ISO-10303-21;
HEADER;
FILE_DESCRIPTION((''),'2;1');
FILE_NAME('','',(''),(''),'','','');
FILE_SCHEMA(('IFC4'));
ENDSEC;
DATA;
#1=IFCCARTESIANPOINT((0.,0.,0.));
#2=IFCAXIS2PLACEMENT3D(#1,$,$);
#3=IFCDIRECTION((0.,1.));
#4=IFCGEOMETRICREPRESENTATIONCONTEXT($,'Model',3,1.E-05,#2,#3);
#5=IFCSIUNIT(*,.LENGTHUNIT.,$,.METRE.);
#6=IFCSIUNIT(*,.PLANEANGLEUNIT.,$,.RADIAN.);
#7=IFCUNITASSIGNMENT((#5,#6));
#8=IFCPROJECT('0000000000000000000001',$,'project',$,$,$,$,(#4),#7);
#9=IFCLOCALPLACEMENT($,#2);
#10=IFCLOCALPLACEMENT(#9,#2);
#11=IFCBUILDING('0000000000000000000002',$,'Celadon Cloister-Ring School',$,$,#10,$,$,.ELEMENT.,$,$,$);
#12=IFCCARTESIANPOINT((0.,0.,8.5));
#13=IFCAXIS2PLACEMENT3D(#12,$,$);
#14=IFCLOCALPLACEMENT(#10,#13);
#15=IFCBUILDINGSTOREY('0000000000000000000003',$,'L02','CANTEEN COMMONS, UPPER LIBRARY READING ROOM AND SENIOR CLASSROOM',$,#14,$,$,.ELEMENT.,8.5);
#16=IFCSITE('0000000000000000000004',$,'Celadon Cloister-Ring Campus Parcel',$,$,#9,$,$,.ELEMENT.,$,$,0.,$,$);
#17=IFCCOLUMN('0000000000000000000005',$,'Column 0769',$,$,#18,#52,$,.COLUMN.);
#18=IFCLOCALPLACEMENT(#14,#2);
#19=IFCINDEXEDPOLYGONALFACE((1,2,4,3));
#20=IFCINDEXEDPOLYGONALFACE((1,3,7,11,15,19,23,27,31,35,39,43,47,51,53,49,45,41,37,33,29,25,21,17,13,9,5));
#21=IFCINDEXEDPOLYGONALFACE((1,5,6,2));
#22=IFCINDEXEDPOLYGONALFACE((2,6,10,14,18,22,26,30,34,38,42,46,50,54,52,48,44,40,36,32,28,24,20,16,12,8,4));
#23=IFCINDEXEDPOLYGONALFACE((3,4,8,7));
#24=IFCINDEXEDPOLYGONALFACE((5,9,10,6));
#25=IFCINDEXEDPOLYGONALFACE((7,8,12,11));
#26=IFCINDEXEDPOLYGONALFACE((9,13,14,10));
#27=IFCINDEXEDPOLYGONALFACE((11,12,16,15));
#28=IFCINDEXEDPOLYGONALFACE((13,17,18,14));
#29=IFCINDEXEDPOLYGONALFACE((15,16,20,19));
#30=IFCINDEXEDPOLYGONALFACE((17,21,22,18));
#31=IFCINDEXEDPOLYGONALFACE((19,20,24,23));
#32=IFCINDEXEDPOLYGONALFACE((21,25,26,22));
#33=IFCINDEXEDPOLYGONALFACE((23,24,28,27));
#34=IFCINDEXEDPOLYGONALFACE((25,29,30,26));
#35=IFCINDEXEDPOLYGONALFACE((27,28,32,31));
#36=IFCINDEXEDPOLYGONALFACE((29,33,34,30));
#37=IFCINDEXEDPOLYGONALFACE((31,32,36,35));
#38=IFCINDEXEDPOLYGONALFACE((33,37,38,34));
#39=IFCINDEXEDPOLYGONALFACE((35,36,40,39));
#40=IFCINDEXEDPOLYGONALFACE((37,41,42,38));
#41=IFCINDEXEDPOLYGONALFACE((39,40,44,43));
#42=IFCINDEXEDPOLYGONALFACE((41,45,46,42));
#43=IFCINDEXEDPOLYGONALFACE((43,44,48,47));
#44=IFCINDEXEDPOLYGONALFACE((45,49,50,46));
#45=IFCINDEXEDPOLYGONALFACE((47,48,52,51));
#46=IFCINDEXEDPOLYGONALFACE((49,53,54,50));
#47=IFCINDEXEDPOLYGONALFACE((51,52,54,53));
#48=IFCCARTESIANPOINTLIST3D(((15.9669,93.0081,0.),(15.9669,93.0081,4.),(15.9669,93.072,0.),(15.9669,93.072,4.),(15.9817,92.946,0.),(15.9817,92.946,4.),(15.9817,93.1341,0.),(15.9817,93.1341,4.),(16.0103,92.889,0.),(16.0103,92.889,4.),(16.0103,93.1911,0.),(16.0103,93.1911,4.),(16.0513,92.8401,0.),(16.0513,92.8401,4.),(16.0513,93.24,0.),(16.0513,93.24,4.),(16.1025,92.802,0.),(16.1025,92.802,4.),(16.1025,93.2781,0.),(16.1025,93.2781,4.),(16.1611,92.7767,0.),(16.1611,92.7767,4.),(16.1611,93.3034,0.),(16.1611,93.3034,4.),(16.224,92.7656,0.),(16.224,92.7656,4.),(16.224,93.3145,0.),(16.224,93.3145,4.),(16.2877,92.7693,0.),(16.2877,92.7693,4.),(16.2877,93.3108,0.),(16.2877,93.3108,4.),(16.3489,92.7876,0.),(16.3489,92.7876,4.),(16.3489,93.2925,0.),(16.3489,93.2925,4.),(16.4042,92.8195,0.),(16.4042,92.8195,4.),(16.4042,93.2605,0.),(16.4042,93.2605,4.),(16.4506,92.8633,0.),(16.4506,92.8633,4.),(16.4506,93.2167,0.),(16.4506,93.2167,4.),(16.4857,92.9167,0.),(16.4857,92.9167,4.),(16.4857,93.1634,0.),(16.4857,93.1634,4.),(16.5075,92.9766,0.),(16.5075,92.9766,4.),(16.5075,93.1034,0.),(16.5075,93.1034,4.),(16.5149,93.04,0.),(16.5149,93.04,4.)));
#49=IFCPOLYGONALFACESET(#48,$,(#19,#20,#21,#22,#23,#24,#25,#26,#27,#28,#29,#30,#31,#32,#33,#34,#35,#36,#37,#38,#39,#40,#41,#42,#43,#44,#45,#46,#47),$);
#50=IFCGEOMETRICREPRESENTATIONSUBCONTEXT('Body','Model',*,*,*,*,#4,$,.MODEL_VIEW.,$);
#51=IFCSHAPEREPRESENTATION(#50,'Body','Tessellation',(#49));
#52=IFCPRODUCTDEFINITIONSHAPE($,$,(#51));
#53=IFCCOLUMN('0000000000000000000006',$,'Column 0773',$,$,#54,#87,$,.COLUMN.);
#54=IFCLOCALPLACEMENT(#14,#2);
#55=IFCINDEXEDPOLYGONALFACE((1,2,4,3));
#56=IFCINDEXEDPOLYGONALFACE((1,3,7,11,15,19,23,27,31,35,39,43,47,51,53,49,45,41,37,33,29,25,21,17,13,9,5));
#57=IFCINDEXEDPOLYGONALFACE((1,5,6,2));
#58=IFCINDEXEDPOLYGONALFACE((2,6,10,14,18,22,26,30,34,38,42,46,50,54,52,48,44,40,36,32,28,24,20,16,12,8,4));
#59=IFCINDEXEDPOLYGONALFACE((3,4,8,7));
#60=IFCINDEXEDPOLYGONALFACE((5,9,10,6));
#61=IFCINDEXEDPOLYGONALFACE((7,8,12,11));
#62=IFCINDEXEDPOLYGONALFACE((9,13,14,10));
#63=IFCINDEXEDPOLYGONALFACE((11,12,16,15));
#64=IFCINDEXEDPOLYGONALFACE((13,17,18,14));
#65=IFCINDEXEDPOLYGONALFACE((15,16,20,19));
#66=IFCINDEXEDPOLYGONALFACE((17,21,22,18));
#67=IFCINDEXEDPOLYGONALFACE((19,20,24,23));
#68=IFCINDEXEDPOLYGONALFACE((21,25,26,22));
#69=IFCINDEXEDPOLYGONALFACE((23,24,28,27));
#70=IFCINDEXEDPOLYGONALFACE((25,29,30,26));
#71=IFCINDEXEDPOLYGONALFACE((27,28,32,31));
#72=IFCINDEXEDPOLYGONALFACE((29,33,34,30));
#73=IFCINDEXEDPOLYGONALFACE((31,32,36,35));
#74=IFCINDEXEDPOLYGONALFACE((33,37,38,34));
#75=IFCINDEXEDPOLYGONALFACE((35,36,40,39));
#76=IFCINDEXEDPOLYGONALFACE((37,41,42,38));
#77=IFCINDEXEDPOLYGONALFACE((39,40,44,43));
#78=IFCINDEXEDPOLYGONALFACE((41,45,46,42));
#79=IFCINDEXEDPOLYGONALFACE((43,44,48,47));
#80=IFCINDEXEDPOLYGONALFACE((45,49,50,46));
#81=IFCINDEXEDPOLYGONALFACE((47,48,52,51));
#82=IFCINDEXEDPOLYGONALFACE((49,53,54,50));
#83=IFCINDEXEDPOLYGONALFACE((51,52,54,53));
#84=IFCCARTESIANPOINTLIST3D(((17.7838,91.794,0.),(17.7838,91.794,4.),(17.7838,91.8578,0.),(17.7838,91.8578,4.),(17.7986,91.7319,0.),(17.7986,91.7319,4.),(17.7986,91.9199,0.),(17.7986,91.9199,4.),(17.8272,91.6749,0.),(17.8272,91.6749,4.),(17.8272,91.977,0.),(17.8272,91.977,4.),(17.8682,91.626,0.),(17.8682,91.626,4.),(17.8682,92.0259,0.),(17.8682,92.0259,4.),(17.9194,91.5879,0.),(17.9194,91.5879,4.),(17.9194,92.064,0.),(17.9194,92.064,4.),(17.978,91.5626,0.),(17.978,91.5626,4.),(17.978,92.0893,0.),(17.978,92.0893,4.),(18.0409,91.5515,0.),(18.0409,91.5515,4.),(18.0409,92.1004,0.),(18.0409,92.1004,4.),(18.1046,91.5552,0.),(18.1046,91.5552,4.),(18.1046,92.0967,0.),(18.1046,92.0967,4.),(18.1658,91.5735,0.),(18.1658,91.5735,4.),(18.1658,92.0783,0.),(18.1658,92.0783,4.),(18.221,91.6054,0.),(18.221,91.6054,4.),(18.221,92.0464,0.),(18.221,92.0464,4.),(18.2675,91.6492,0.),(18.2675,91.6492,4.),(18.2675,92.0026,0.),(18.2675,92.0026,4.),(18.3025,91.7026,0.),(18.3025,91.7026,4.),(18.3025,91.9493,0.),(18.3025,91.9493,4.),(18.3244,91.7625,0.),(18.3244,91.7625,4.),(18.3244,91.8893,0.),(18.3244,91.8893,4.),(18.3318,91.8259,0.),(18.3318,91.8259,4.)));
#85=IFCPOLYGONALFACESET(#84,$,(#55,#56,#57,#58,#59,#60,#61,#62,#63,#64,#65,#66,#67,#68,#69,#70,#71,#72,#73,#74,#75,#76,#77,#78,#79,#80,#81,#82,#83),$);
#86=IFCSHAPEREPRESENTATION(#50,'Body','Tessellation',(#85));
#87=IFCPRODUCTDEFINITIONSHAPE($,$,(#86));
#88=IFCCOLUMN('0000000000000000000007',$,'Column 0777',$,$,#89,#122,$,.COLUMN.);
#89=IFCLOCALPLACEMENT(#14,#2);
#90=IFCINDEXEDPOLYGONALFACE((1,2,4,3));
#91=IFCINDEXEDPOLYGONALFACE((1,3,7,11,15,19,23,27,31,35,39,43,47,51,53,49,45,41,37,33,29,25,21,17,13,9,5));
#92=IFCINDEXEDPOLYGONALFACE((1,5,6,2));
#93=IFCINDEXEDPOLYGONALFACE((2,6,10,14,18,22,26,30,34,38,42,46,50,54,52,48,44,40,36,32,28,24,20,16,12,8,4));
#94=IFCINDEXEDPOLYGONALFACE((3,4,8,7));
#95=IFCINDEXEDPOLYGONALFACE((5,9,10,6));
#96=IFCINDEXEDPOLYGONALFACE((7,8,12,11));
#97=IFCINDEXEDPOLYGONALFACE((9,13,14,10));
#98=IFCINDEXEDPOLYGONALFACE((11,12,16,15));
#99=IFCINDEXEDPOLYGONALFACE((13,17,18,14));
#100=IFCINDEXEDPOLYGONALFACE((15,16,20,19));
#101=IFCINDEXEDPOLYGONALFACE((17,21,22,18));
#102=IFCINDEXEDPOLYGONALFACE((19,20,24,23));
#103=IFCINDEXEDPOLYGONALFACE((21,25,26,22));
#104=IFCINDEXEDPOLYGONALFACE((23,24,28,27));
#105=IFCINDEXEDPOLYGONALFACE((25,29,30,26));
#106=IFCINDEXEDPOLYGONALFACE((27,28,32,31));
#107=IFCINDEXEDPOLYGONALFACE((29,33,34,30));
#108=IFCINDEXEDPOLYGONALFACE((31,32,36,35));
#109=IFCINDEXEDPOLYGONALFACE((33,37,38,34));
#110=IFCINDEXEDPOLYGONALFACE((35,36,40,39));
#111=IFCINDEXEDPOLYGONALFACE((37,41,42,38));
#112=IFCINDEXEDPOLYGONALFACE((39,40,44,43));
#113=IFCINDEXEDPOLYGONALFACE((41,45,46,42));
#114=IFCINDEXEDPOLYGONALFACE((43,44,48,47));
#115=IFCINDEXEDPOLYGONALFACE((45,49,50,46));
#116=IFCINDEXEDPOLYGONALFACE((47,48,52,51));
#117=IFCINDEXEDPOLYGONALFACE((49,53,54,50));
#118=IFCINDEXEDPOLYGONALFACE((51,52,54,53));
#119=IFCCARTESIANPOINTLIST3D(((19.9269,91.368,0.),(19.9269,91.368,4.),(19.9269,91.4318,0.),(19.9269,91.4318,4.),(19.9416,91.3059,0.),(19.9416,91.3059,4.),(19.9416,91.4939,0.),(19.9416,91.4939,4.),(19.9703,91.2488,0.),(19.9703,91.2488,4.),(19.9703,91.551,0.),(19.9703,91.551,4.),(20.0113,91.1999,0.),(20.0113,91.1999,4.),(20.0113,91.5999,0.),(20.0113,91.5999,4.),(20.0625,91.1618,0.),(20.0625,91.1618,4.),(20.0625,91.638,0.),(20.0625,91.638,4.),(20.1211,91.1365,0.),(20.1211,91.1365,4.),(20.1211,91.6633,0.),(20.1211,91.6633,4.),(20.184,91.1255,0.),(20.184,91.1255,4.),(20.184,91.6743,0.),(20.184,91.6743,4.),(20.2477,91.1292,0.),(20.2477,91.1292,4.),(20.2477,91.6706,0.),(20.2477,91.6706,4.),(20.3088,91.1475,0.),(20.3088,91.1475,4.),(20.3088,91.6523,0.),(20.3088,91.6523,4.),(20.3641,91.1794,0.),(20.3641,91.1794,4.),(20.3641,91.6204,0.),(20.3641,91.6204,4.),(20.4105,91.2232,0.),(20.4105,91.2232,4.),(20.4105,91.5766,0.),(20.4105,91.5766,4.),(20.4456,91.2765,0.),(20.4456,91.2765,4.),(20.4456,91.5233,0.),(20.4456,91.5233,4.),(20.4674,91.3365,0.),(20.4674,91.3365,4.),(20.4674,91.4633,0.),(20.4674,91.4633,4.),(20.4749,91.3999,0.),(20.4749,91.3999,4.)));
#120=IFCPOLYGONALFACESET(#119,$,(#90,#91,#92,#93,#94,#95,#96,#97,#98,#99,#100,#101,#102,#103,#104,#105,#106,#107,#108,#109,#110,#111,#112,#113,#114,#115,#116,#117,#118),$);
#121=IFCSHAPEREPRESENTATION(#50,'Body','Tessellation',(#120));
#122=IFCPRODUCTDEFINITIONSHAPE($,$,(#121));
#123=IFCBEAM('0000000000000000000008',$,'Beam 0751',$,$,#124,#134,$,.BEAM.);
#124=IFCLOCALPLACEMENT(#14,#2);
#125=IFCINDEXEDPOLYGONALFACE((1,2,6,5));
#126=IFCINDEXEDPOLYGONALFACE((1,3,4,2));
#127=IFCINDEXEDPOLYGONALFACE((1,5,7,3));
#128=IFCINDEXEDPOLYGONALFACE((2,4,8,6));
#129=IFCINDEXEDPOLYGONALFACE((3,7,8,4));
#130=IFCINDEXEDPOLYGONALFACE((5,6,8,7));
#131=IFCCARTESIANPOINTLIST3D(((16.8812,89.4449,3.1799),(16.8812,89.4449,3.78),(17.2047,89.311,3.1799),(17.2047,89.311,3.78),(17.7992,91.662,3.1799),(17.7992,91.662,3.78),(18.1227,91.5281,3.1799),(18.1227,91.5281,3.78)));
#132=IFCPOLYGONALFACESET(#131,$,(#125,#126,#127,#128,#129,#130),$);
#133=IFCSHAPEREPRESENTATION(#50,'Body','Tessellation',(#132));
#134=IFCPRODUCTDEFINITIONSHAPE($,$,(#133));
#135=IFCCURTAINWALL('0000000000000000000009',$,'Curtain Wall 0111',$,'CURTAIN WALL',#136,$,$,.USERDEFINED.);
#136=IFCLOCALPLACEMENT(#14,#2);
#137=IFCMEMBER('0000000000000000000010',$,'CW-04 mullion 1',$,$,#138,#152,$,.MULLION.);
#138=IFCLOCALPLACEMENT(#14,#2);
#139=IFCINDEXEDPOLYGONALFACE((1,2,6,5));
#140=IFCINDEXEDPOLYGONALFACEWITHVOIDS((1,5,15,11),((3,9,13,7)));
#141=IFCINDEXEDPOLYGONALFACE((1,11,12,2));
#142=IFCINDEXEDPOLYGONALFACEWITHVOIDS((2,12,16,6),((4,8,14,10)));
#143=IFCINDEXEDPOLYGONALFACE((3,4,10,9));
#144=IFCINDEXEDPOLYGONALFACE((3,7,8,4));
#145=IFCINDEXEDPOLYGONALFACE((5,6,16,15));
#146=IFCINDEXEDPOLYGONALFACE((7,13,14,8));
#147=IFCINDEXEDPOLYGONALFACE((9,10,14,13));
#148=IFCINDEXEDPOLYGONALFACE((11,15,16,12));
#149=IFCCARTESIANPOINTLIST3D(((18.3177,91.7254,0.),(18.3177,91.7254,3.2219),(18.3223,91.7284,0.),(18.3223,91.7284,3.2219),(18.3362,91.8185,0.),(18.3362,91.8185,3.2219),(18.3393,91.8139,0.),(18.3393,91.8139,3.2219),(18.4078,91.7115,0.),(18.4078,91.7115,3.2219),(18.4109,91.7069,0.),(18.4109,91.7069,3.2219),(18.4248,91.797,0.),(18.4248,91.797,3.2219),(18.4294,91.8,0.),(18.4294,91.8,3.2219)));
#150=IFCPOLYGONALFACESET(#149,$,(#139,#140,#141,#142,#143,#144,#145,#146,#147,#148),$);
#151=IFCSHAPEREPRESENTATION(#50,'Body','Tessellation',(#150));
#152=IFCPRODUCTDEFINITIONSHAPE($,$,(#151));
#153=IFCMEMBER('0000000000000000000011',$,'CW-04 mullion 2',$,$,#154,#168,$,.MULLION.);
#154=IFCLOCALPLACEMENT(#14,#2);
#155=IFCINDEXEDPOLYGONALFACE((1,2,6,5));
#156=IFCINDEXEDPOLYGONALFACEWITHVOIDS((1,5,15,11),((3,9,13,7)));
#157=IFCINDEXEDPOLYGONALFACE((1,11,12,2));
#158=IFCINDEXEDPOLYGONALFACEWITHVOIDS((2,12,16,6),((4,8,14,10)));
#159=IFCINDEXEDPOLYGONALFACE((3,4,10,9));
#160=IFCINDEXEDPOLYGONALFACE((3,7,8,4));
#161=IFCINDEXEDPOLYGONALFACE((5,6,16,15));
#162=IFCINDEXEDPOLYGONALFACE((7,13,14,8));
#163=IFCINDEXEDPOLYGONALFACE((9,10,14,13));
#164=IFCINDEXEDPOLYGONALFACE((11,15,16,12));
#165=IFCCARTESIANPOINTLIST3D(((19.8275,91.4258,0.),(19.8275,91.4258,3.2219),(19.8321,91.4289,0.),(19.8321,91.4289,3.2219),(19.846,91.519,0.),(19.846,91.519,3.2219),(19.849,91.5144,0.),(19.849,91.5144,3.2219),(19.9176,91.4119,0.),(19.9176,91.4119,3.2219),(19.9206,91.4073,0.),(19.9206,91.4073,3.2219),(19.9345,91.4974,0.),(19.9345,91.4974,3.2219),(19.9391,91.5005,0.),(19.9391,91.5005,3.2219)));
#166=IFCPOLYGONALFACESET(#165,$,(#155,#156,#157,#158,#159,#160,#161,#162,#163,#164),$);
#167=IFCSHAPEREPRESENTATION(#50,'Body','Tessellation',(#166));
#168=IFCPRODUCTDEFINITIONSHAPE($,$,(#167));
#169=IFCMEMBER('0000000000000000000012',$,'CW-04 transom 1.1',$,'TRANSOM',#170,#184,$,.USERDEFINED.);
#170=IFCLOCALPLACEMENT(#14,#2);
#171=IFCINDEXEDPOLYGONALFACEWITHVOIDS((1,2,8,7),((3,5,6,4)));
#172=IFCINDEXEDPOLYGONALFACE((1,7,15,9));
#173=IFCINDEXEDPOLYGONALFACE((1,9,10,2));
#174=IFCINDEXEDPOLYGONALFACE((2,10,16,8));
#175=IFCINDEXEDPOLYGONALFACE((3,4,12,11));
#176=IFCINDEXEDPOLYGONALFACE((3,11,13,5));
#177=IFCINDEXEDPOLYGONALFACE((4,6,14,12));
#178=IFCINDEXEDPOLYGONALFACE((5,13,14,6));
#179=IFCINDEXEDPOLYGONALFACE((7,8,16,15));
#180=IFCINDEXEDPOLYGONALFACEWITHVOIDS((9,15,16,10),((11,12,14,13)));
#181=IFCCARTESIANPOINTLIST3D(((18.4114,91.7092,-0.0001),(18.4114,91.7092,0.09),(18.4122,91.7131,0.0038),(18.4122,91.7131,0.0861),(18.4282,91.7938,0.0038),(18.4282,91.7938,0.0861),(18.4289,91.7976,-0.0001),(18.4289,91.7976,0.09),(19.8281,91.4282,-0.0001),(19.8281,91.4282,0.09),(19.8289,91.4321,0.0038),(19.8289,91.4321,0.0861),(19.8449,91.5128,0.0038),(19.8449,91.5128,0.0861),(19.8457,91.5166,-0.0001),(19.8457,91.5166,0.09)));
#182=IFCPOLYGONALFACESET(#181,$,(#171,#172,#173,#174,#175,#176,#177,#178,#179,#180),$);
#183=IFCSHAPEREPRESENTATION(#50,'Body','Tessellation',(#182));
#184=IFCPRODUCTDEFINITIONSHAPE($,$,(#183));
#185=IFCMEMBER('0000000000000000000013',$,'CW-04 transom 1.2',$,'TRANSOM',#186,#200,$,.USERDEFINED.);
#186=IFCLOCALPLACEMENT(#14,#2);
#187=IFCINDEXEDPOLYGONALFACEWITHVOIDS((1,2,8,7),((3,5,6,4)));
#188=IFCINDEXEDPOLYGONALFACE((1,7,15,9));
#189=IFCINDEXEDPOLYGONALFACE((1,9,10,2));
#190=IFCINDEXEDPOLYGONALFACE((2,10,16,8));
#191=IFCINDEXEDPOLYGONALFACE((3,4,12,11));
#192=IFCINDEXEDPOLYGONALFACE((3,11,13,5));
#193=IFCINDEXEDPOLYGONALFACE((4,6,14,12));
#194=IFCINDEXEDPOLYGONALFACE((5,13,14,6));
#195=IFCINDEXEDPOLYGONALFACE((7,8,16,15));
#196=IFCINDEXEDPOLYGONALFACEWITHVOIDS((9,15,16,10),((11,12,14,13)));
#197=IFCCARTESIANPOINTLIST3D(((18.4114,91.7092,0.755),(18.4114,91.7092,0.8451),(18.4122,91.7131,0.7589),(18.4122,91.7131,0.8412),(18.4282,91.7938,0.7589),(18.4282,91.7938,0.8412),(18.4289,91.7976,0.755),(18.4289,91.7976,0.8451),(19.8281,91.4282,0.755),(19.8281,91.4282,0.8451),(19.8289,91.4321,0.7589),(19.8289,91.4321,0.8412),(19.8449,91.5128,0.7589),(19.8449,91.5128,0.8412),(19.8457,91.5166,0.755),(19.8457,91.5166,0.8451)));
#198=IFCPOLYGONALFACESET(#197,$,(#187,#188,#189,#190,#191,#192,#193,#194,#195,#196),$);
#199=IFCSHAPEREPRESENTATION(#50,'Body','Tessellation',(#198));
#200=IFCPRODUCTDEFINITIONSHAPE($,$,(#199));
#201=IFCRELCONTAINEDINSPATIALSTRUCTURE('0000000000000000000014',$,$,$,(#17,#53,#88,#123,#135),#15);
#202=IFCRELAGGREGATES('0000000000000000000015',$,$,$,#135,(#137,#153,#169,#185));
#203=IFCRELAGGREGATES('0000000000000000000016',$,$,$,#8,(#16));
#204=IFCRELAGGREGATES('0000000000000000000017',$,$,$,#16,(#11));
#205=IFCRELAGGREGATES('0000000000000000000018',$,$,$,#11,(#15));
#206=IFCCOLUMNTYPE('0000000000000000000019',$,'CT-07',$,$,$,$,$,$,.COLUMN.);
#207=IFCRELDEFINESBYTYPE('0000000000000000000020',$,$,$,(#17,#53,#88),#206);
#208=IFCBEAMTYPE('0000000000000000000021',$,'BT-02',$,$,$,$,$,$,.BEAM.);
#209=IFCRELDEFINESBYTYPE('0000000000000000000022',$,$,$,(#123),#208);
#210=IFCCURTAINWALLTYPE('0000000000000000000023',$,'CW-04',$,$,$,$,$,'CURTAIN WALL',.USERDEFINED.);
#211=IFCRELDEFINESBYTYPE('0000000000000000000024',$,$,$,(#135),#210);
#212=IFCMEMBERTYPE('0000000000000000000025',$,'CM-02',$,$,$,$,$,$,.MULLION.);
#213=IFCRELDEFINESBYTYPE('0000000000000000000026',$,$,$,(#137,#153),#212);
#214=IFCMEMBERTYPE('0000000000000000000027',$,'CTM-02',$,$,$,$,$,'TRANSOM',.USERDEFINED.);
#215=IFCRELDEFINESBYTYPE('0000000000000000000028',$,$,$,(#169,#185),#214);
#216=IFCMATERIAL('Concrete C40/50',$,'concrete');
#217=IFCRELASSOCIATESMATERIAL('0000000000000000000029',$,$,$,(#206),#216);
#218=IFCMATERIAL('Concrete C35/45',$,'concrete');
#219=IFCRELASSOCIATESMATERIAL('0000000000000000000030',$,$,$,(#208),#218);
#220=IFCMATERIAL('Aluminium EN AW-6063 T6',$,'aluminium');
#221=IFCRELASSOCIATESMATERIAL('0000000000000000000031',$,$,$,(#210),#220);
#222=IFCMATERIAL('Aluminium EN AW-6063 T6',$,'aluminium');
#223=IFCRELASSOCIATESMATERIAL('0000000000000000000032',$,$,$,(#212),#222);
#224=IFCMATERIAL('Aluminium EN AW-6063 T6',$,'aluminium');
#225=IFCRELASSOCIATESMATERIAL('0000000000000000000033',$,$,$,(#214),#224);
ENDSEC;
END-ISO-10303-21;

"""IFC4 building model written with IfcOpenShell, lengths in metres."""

from ifc_helpers import new_model, si_unit, direction, frame, origin, origin_2d, place, context, subcontext, project, spatial, rectangle, hollow_rectangle, circle, extrude, material, material_profile, profile_set, type_object, element, aggregate, save


model = new_model("IFC4")

# Units and contexts
model_context = context("Model", 3, precision=1e-05, world=origin(), true_north=direction((0.0, 1.0)))
body_context = subcontext(model_context, "Body", "Model", "MODEL_VIEW")
ifc_project = project(units=[si_unit("LENGTHUNIT", "METRE"), si_unit("PLANEANGLEUNIT", "RADIAN")], contexts=[model_context])

# Site, building, storey
site_placement = place(None, origin())
site = spatial("IfcSite", under=ifc_project, at=site_placement, Name="Celadon Cloister-Ring Campus Parcel", CompositionType="ELEMENT", RefElevation=0.0)
building_placement = place(site_placement, origin())
building = spatial("IfcBuilding", under=site, at=building_placement, Name="Celadon Cloister-Ring School", CompositionType="ELEMENT")
storey_placement = place(building_placement, frame((0.0, 0.0, 8.5)))
storey = spatial("IfcBuildingStorey", under=building, at=storey_placement, Name="L02", Description="CANTEEN COMMONS, UPPER LIBRARY READING ROOM AND SENIOR CLASSROOM", CompositionType="ELEMENT", Elevation=8.5)

# Columns
ifc_material_1 = material(Name="Concrete C40/50", Category="concrete")
ifc_material_profile_1 = material_profile(ifc_material_1, circle(Radius=0.2749, at=origin_2d()), Name="CIRC550")
ifc_profile_set_1 = profile_set([ifc_material_profile_1], Name="Concrete C40/50")
column_type = type_object("IfcColumnType", Name="CT-07", PredefinedType="COLUMN", material=ifc_profile_set_1)
for number, where, z_axis, x_axis, name in (
    (1, (16.24, 93.04, 0.0), (0.0, 0.0, 1.0), (1.0, 0.0, 0.0), "Column 0769"),
    (2, (18.0569, 91.8259, 0.0), (0.0, 0.0, 1.0), (1.0, 0.0, 0.0), "Column 0773"),
    (3, (20.2, 91.3999, 0.0), (0.0, 0.0, 1.0), (1.0, 0.0, 0.0), "Column 0777"),
):
    element("IfcColumn", number, at=place(storey_placement, frame(where, z_axis=z_axis, x_axis=x_axis)), inside=storey, type_object=column_type, Name=name, PredefinedType="COLUMN", context=body_context, shape_type="SweptSolid", body=[
        extrude(circle(Radius=0.2749, at=origin_2d()), origin(), (0.0, 0.0, 1.0), 4.0),
    ])

# Beam
ifc_material_2 = material(Name="Concrete C35/45", Category="concrete")
ifc_material_profile_2 = material_profile(ifc_material_2, rectangle(XDim=0.3501, YDim=0.6001, at=origin_2d()), Name="RC350X600")
ifc_profile_set_2 = profile_set([ifc_material_profile_2], Name="Concrete C35/45")
beam_type_1 = type_object("IfcBeamType", Name="BT-02", PredefinedType="BEAM", material=ifc_profile_set_2)
beam_1_placement = place(storey_placement, frame((17.043, 89.3779, 3.48), z_axis=(0.382555, 0.923933, 0.0), x_axis=(-0.923933, 0.382555, 0.0)))
element("IfcBeam", 4, at=beam_1_placement, inside=storey, type_object=beam_type_1, Name="Beam 0751", PredefinedType="BEAM", context=body_context, shape_type="SweptSolid", body=[
    extrude(rectangle(XDim=0.3501, YDim=0.6001, at=origin_2d()), origin(), (0.0, 0.0, 1.0), 2.3997),
])

# Curtain wall, members
ifc_material_3 = material(Name="Aluminium EN AW-6063 T6", Category="aluminium")
curtain_wall_type = type_object("IfcCurtainWallType", Name="CW-04", ElementType="CURTAIN WALL", PredefinedType="USERDEFINED", material=ifc_material_3)
curtain_wall_placement = place(storey_placement, origin())
curtain_wall = element("IfcCurtainWall", 5, at=curtain_wall_placement, inside=storey, type_object=curtain_wall_type, Name="Curtain Wall 0111", ObjectType="CURTAIN WALL", PredefinedType="USERDEFINED")
ifc_material_4 = material(Name="Aluminium EN AW-6063 T6", Category="aluminium")
ifc_material_profile_3 = material_profile(ifc_material_4, hollow_rectangle(XDim=0.095, YDim=0.095, WallThickness=0.0039, at=origin_2d()), Name="RHS95X95X4")
ifc_profile_set_3 = profile_set([ifc_material_profile_3], Name="Aluminium EN AW-6063 T6")
member_type_1 = type_object("IfcMemberType", Name="CM-02", PredefinedType="MULLION", material=ifc_profile_set_3)
member_1_placement = place(storey_placement, frame((18.3735, 91.7627, 0.0), z_axis=(0.0, 0.0, 1.0), x_axis=(0.194586, 0.980885, 0.0)))
member_1 = element("IfcMember", 6, at=member_1_placement, type_object=member_type_1, Name="CW-04 mullion 1", PredefinedType="MULLION", context=body_context, shape_type="SweptSolid", body=[
    extrude(hollow_rectangle(XDim=0.095, YDim=0.095, WallThickness=0.0039, at=origin_2d()), origin(), (0.0, 0.0, 1.0), 3.2219),
])
member_2_placement = place(storey_placement, frame((19.8833, 91.4631, 0.0), z_axis=(0.0, 0.0, 1.0), x_axis=(0.194586, 0.980885, 0.0)))
member_2 = element("IfcMember", 7, at=member_2_placement, type_object=member_type_1, Name="CW-04 mullion 2", PredefinedType="MULLION", context=body_context, shape_type="SweptSolid", body=[
    extrude(hollow_rectangle(XDim=0.095, YDim=0.095, WallThickness=0.0039, at=origin_2d()), origin(), (0.0, 0.0, 1.0), 3.2219),
])
ifc_material_5 = material(Name="Aluminium EN AW-6063 T6", Category="aluminium")
ifc_material_profile_4 = material_profile(ifc_material_5, hollow_rectangle(XDim=0.0901, YDim=0.0901, WallThickness=0.0039, at=origin_2d()), Name="RHS90X90X4")
ifc_profile_set_4 = profile_set([ifc_material_profile_4], Name="Aluminium EN AW-6063 T6")
member_type_2 = type_object("IfcMemberType", Name="CTM-02", ElementType="TRANSOM", PredefinedType="USERDEFINED", material=ifc_profile_set_4)
member_3_placement = place(storey_placement, frame((18.4202, 91.7534, 0.0449), z_axis=(0.980891, -0.194556, 0.0), x_axis=(0.194556, 0.980891, 0.0)))
member_3 = element("IfcMember", 8, at=member_3_placement, type_object=member_type_2, Name="CW-04 transom 1.1", ObjectType="TRANSOM", PredefinedType="USERDEFINED", context=body_context, shape_type="SweptSolid", body=[
    extrude(hollow_rectangle(XDim=0.0901, YDim=0.0901, WallThickness=0.0039, at=origin_2d()), origin(), (0.0, 0.0, 1.0), 1.4443),
])
member_4_placement = place(storey_placement, frame((18.4202, 91.7534, 0.8), z_axis=(0.980891, -0.194556, 0.0), x_axis=(0.194556, 0.980891, 0.0)))
member_4 = element("IfcMember", 9, at=member_4_placement, type_object=member_type_2, Name="CW-04 transom 1.2", ObjectType="TRANSOM", PredefinedType="USERDEFINED", context=body_context, shape_type="SweptSolid", body=[
    extrude(hollow_rectangle(XDim=0.0901, YDim=0.0901, WallThickness=0.0039, at=origin_2d()), origin(), (0.0, 0.0, 1.0), 1.4443),
])

aggregate(curtain_wall, [member_1, member_2, member_3, member_4])

save(model, "model.ifc")
